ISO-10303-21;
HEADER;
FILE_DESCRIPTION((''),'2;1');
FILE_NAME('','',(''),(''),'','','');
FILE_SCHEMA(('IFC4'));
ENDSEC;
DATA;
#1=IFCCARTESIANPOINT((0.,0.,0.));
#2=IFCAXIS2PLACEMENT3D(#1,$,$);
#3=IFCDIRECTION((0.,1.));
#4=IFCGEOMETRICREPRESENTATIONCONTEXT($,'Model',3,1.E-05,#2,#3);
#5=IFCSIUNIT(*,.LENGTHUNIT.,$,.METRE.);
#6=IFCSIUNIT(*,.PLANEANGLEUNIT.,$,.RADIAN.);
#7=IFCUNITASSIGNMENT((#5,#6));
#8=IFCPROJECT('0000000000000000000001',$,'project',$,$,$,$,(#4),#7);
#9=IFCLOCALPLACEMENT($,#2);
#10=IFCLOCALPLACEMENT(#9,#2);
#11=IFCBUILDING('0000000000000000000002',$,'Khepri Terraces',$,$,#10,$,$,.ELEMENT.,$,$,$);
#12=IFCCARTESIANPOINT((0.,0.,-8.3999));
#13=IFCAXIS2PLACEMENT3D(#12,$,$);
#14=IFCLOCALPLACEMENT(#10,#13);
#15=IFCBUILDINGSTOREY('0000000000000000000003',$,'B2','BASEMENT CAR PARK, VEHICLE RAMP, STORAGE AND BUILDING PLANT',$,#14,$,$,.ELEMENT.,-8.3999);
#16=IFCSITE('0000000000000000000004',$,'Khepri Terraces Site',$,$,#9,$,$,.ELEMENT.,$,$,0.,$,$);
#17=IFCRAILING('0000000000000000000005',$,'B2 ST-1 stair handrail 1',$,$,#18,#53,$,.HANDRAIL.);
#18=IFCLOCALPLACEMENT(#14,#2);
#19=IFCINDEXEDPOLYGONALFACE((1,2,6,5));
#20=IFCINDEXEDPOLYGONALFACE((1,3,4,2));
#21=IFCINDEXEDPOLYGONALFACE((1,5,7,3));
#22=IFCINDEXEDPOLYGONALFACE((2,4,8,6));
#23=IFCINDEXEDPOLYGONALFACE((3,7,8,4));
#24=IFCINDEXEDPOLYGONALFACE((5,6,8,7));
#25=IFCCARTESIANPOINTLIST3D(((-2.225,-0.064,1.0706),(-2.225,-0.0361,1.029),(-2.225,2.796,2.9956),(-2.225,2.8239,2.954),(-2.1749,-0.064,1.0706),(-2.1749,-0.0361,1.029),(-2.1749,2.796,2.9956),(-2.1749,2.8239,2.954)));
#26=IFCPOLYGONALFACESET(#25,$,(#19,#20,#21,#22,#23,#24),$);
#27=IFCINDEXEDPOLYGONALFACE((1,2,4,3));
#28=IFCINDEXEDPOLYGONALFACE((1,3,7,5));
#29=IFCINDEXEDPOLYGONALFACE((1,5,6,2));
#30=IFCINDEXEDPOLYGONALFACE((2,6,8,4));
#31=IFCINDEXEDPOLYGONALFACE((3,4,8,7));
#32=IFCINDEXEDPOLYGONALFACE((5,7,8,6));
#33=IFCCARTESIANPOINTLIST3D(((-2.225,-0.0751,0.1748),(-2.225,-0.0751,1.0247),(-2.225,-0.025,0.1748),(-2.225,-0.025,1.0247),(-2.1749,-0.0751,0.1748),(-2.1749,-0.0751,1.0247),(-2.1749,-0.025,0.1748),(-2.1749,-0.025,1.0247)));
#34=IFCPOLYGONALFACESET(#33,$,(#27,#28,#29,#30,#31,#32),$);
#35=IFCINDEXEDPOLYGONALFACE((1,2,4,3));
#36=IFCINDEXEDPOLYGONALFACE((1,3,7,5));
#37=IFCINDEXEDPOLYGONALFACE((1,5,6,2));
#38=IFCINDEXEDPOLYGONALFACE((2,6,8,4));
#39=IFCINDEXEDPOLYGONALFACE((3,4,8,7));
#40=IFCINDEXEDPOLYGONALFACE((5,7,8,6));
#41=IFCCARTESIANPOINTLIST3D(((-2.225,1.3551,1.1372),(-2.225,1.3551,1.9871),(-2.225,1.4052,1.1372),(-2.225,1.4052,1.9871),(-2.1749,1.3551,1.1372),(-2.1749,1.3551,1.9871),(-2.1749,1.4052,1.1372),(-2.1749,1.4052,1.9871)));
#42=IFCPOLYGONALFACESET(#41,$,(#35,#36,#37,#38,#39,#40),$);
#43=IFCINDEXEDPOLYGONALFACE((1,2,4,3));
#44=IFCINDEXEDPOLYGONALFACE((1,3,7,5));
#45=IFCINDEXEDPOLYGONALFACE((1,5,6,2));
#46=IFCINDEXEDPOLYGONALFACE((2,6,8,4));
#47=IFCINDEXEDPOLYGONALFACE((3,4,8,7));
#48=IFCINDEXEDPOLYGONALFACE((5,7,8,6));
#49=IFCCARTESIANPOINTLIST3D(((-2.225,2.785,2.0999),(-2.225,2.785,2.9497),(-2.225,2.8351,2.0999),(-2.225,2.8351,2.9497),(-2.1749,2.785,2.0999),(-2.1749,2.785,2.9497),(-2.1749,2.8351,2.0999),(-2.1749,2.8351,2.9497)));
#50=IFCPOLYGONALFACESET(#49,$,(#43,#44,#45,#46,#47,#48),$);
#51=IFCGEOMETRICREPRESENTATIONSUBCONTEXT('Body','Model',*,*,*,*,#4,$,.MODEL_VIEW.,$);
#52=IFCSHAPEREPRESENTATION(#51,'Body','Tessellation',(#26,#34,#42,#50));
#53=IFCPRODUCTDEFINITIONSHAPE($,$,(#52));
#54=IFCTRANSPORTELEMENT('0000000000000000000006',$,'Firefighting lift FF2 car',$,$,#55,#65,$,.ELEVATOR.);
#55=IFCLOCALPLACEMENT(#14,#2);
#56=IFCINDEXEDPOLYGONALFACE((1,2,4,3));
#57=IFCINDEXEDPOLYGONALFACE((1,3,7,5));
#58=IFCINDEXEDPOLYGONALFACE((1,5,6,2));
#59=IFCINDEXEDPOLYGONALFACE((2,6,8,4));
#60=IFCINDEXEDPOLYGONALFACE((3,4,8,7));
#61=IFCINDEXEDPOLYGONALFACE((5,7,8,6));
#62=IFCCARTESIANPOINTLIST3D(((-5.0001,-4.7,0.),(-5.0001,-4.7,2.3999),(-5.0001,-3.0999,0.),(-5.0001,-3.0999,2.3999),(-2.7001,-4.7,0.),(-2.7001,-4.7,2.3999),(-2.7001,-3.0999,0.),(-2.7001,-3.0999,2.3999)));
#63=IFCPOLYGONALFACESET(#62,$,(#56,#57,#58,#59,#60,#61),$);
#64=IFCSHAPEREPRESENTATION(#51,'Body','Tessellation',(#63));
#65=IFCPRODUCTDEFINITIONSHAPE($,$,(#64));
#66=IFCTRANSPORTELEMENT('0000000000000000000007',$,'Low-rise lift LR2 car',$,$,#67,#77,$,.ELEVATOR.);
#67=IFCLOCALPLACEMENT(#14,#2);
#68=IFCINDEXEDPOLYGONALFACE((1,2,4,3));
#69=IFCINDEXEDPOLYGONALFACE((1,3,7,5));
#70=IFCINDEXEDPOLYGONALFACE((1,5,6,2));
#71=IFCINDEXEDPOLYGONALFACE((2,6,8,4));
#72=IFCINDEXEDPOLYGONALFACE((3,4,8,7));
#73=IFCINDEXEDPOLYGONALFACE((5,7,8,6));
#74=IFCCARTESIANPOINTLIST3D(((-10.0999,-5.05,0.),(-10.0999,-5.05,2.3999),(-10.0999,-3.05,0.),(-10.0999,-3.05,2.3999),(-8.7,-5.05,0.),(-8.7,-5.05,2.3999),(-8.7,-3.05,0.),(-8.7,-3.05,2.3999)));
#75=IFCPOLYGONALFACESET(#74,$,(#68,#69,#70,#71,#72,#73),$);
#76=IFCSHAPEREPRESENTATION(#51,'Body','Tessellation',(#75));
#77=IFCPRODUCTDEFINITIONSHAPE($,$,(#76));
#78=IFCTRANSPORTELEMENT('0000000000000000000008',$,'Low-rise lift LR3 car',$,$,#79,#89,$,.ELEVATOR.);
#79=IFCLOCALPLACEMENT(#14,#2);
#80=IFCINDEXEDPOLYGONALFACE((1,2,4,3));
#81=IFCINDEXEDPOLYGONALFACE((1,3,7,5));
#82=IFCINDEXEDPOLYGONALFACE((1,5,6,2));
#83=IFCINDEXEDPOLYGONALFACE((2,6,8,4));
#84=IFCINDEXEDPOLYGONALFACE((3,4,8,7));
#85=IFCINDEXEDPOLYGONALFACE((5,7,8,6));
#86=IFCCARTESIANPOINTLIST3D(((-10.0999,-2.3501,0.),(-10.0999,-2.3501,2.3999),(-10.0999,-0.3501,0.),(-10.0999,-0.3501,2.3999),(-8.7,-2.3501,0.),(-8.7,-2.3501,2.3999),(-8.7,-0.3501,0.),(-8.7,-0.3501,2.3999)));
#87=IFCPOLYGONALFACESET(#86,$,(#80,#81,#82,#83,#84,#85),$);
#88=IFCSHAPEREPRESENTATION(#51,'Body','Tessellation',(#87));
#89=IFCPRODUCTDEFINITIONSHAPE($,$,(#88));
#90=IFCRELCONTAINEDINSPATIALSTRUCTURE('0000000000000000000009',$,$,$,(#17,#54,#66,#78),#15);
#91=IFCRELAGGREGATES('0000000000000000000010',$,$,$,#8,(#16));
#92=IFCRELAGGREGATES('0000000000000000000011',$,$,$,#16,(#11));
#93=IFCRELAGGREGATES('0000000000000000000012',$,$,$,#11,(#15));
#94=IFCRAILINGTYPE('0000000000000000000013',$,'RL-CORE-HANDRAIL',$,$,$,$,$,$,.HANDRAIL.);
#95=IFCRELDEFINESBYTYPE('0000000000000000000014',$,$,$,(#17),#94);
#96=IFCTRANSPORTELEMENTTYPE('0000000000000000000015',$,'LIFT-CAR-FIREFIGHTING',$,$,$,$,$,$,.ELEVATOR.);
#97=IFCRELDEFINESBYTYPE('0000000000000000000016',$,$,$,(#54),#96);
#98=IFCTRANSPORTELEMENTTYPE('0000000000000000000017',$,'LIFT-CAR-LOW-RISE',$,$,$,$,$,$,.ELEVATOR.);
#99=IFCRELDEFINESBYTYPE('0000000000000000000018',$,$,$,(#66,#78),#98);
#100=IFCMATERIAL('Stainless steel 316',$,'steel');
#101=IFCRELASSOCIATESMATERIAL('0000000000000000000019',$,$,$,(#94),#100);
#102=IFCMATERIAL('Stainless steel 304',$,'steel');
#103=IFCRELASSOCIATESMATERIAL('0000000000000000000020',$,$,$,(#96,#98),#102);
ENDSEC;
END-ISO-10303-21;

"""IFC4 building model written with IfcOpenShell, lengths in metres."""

from ifc_helpers import new_model, si_unit, direction, frame, origin, origin_2d, place, context, subcontext, project, spatial, rectangle, extrude, material, type_object, element, save


model = new_model("IFC4")

# Units and contexts
model_context = context("Model", 3, precision=1e-05, world=origin(), true_north=direction((0.0, 1.0)))
body_context = subcontext(model_context, "Body", "Model", "MODEL_VIEW")
ifc_project = project(units=[si_unit("LENGTHUNIT", "METRE"), si_unit("PLANEANGLEUNIT", "RADIAN")], contexts=[model_context])

# Site, building, storey
site_placement = place(None, origin())
site = spatial("IfcSite", under=ifc_project, at=site_placement, Name="Khepri Terraces Site", CompositionType="ELEMENT", RefElevation=0.0)
building_placement = place(site_placement, origin())
building = spatial("IfcBuilding", under=site, at=building_placement, Name="Khepri Terraces", CompositionType="ELEMENT")
storey_placement = place(building_placement, frame((0.0, 0.0, -8.3999)))
storey = spatial("IfcBuildingStorey", under=building, at=storey_placement, Name="B2", Description="BASEMENT CAR PARK, VEHICLE RAMP, STORAGE AND BUILDING PLANT", CompositionType="ELEMENT", Elevation=-8.3999)

# Shared definitions
ifc_material_1 = material(Name="Stainless steel 304", Category="steel")

# Railing
ifc_material_2 = material(Name="Stainless steel 316", Category="steel")
railing_type_1 = type_object("IfcRailingType", Name="RL-CORE-HANDRAIL", PredefinedType="HANDRAIL", material=ifc_material_2)
railing_1_placement = place(storey_placement, frame((-2.2, -0.05, 0.1748)))
element("IfcRailing", 1, at=railing_1_placement, inside=storey, type_object=railing_type_1, Name="B2 ST-1 stair handrail 1", PredefinedType="HANDRAIL", context=body_context, shape_type="SweptSolid", body=[
    extrude(rectangle(XDim=0.05, YDim=0.05, at=origin_2d()), frame((0.0, 0.0, 0.875), z_axis=(0.0, 0.829591, 0.558372), x_axis=(-1.0, 0.0, 0.0)), (0.0, 0.0, 1.0), 3.4475),
    extrude(rectangle(XDim=0.05, YDim=0.05, at=origin_2d()), origin(), (0.0, 0.0, 1.0), 0.8499),
    extrude(rectangle(XDim=0.05, YDim=0.05, at=origin_2d()), frame((0.0, 1.4302, 0.9624)), (0.0, 0.0, 1.0), 0.8499),
    extrude(rectangle(XDim=0.05, YDim=0.05, at=origin_2d()), frame((0.0, 2.8601, 1.925)), (0.0, 0.0, 1.0), 0.8499),
])

# Transport elements
transport_element_type_1 = type_object("IfcTransportElementType", Name="LIFT-CAR-FIREFIGHTING", PredefinedType="ELEVATOR", material=ifc_material_1)
transport_element_placement = place(storey_placement, frame((-3.8501, -3.8999, 0.0), z_axis=(0.0, 0.0, 1.0), x_axis=(1.0, 0.0, 0.0)))
element("IfcTransportElement", 2, at=transport_element_placement, inside=storey, type_object=transport_element_type_1, Name="Firefighting lift FF2 car", PredefinedType="ELEVATOR", context=body_context, shape_type="SweptSolid", body=[
    extrude(rectangle(XDim=2.3, YDim=1.6001, at=origin_2d()), origin(), (0.0, 0.0, 1.0), 2.3999),
])
transport_element_type_2 = type_object("IfcTransportElementType", Name="LIFT-CAR-LOW-RISE", PredefinedType="ELEVATOR", material=ifc_material_1)
for number, where, z_axis, x_axis, name in (
    (3, (-9.3999, -4.05, 0.0), (0.0, 0.0, 1.0), (1.0, 0.0, 0.0), "Low-rise lift LR2 car"),
    (4, (-9.3999, -1.3501, 0.0), (0.0, 0.0, 1.0), (1.0, 0.0, 0.0), "Low-rise lift LR3 car"),
):
    element("IfcTransportElement", number, at=place(storey_placement, frame(where, z_axis=z_axis, x_axis=x_axis)), inside=storey, type_object=transport_element_type_2, Name=name, PredefinedType="ELEVATOR", context=body_context, shape_type="SweptSolid", body=[
        extrude(rectangle(XDim=1.3999, YDim=2.0, at=origin_2d()), origin(), (0.0, 0.0, 1.0), 2.3999),
    ])

save(model, "model.ifc")
